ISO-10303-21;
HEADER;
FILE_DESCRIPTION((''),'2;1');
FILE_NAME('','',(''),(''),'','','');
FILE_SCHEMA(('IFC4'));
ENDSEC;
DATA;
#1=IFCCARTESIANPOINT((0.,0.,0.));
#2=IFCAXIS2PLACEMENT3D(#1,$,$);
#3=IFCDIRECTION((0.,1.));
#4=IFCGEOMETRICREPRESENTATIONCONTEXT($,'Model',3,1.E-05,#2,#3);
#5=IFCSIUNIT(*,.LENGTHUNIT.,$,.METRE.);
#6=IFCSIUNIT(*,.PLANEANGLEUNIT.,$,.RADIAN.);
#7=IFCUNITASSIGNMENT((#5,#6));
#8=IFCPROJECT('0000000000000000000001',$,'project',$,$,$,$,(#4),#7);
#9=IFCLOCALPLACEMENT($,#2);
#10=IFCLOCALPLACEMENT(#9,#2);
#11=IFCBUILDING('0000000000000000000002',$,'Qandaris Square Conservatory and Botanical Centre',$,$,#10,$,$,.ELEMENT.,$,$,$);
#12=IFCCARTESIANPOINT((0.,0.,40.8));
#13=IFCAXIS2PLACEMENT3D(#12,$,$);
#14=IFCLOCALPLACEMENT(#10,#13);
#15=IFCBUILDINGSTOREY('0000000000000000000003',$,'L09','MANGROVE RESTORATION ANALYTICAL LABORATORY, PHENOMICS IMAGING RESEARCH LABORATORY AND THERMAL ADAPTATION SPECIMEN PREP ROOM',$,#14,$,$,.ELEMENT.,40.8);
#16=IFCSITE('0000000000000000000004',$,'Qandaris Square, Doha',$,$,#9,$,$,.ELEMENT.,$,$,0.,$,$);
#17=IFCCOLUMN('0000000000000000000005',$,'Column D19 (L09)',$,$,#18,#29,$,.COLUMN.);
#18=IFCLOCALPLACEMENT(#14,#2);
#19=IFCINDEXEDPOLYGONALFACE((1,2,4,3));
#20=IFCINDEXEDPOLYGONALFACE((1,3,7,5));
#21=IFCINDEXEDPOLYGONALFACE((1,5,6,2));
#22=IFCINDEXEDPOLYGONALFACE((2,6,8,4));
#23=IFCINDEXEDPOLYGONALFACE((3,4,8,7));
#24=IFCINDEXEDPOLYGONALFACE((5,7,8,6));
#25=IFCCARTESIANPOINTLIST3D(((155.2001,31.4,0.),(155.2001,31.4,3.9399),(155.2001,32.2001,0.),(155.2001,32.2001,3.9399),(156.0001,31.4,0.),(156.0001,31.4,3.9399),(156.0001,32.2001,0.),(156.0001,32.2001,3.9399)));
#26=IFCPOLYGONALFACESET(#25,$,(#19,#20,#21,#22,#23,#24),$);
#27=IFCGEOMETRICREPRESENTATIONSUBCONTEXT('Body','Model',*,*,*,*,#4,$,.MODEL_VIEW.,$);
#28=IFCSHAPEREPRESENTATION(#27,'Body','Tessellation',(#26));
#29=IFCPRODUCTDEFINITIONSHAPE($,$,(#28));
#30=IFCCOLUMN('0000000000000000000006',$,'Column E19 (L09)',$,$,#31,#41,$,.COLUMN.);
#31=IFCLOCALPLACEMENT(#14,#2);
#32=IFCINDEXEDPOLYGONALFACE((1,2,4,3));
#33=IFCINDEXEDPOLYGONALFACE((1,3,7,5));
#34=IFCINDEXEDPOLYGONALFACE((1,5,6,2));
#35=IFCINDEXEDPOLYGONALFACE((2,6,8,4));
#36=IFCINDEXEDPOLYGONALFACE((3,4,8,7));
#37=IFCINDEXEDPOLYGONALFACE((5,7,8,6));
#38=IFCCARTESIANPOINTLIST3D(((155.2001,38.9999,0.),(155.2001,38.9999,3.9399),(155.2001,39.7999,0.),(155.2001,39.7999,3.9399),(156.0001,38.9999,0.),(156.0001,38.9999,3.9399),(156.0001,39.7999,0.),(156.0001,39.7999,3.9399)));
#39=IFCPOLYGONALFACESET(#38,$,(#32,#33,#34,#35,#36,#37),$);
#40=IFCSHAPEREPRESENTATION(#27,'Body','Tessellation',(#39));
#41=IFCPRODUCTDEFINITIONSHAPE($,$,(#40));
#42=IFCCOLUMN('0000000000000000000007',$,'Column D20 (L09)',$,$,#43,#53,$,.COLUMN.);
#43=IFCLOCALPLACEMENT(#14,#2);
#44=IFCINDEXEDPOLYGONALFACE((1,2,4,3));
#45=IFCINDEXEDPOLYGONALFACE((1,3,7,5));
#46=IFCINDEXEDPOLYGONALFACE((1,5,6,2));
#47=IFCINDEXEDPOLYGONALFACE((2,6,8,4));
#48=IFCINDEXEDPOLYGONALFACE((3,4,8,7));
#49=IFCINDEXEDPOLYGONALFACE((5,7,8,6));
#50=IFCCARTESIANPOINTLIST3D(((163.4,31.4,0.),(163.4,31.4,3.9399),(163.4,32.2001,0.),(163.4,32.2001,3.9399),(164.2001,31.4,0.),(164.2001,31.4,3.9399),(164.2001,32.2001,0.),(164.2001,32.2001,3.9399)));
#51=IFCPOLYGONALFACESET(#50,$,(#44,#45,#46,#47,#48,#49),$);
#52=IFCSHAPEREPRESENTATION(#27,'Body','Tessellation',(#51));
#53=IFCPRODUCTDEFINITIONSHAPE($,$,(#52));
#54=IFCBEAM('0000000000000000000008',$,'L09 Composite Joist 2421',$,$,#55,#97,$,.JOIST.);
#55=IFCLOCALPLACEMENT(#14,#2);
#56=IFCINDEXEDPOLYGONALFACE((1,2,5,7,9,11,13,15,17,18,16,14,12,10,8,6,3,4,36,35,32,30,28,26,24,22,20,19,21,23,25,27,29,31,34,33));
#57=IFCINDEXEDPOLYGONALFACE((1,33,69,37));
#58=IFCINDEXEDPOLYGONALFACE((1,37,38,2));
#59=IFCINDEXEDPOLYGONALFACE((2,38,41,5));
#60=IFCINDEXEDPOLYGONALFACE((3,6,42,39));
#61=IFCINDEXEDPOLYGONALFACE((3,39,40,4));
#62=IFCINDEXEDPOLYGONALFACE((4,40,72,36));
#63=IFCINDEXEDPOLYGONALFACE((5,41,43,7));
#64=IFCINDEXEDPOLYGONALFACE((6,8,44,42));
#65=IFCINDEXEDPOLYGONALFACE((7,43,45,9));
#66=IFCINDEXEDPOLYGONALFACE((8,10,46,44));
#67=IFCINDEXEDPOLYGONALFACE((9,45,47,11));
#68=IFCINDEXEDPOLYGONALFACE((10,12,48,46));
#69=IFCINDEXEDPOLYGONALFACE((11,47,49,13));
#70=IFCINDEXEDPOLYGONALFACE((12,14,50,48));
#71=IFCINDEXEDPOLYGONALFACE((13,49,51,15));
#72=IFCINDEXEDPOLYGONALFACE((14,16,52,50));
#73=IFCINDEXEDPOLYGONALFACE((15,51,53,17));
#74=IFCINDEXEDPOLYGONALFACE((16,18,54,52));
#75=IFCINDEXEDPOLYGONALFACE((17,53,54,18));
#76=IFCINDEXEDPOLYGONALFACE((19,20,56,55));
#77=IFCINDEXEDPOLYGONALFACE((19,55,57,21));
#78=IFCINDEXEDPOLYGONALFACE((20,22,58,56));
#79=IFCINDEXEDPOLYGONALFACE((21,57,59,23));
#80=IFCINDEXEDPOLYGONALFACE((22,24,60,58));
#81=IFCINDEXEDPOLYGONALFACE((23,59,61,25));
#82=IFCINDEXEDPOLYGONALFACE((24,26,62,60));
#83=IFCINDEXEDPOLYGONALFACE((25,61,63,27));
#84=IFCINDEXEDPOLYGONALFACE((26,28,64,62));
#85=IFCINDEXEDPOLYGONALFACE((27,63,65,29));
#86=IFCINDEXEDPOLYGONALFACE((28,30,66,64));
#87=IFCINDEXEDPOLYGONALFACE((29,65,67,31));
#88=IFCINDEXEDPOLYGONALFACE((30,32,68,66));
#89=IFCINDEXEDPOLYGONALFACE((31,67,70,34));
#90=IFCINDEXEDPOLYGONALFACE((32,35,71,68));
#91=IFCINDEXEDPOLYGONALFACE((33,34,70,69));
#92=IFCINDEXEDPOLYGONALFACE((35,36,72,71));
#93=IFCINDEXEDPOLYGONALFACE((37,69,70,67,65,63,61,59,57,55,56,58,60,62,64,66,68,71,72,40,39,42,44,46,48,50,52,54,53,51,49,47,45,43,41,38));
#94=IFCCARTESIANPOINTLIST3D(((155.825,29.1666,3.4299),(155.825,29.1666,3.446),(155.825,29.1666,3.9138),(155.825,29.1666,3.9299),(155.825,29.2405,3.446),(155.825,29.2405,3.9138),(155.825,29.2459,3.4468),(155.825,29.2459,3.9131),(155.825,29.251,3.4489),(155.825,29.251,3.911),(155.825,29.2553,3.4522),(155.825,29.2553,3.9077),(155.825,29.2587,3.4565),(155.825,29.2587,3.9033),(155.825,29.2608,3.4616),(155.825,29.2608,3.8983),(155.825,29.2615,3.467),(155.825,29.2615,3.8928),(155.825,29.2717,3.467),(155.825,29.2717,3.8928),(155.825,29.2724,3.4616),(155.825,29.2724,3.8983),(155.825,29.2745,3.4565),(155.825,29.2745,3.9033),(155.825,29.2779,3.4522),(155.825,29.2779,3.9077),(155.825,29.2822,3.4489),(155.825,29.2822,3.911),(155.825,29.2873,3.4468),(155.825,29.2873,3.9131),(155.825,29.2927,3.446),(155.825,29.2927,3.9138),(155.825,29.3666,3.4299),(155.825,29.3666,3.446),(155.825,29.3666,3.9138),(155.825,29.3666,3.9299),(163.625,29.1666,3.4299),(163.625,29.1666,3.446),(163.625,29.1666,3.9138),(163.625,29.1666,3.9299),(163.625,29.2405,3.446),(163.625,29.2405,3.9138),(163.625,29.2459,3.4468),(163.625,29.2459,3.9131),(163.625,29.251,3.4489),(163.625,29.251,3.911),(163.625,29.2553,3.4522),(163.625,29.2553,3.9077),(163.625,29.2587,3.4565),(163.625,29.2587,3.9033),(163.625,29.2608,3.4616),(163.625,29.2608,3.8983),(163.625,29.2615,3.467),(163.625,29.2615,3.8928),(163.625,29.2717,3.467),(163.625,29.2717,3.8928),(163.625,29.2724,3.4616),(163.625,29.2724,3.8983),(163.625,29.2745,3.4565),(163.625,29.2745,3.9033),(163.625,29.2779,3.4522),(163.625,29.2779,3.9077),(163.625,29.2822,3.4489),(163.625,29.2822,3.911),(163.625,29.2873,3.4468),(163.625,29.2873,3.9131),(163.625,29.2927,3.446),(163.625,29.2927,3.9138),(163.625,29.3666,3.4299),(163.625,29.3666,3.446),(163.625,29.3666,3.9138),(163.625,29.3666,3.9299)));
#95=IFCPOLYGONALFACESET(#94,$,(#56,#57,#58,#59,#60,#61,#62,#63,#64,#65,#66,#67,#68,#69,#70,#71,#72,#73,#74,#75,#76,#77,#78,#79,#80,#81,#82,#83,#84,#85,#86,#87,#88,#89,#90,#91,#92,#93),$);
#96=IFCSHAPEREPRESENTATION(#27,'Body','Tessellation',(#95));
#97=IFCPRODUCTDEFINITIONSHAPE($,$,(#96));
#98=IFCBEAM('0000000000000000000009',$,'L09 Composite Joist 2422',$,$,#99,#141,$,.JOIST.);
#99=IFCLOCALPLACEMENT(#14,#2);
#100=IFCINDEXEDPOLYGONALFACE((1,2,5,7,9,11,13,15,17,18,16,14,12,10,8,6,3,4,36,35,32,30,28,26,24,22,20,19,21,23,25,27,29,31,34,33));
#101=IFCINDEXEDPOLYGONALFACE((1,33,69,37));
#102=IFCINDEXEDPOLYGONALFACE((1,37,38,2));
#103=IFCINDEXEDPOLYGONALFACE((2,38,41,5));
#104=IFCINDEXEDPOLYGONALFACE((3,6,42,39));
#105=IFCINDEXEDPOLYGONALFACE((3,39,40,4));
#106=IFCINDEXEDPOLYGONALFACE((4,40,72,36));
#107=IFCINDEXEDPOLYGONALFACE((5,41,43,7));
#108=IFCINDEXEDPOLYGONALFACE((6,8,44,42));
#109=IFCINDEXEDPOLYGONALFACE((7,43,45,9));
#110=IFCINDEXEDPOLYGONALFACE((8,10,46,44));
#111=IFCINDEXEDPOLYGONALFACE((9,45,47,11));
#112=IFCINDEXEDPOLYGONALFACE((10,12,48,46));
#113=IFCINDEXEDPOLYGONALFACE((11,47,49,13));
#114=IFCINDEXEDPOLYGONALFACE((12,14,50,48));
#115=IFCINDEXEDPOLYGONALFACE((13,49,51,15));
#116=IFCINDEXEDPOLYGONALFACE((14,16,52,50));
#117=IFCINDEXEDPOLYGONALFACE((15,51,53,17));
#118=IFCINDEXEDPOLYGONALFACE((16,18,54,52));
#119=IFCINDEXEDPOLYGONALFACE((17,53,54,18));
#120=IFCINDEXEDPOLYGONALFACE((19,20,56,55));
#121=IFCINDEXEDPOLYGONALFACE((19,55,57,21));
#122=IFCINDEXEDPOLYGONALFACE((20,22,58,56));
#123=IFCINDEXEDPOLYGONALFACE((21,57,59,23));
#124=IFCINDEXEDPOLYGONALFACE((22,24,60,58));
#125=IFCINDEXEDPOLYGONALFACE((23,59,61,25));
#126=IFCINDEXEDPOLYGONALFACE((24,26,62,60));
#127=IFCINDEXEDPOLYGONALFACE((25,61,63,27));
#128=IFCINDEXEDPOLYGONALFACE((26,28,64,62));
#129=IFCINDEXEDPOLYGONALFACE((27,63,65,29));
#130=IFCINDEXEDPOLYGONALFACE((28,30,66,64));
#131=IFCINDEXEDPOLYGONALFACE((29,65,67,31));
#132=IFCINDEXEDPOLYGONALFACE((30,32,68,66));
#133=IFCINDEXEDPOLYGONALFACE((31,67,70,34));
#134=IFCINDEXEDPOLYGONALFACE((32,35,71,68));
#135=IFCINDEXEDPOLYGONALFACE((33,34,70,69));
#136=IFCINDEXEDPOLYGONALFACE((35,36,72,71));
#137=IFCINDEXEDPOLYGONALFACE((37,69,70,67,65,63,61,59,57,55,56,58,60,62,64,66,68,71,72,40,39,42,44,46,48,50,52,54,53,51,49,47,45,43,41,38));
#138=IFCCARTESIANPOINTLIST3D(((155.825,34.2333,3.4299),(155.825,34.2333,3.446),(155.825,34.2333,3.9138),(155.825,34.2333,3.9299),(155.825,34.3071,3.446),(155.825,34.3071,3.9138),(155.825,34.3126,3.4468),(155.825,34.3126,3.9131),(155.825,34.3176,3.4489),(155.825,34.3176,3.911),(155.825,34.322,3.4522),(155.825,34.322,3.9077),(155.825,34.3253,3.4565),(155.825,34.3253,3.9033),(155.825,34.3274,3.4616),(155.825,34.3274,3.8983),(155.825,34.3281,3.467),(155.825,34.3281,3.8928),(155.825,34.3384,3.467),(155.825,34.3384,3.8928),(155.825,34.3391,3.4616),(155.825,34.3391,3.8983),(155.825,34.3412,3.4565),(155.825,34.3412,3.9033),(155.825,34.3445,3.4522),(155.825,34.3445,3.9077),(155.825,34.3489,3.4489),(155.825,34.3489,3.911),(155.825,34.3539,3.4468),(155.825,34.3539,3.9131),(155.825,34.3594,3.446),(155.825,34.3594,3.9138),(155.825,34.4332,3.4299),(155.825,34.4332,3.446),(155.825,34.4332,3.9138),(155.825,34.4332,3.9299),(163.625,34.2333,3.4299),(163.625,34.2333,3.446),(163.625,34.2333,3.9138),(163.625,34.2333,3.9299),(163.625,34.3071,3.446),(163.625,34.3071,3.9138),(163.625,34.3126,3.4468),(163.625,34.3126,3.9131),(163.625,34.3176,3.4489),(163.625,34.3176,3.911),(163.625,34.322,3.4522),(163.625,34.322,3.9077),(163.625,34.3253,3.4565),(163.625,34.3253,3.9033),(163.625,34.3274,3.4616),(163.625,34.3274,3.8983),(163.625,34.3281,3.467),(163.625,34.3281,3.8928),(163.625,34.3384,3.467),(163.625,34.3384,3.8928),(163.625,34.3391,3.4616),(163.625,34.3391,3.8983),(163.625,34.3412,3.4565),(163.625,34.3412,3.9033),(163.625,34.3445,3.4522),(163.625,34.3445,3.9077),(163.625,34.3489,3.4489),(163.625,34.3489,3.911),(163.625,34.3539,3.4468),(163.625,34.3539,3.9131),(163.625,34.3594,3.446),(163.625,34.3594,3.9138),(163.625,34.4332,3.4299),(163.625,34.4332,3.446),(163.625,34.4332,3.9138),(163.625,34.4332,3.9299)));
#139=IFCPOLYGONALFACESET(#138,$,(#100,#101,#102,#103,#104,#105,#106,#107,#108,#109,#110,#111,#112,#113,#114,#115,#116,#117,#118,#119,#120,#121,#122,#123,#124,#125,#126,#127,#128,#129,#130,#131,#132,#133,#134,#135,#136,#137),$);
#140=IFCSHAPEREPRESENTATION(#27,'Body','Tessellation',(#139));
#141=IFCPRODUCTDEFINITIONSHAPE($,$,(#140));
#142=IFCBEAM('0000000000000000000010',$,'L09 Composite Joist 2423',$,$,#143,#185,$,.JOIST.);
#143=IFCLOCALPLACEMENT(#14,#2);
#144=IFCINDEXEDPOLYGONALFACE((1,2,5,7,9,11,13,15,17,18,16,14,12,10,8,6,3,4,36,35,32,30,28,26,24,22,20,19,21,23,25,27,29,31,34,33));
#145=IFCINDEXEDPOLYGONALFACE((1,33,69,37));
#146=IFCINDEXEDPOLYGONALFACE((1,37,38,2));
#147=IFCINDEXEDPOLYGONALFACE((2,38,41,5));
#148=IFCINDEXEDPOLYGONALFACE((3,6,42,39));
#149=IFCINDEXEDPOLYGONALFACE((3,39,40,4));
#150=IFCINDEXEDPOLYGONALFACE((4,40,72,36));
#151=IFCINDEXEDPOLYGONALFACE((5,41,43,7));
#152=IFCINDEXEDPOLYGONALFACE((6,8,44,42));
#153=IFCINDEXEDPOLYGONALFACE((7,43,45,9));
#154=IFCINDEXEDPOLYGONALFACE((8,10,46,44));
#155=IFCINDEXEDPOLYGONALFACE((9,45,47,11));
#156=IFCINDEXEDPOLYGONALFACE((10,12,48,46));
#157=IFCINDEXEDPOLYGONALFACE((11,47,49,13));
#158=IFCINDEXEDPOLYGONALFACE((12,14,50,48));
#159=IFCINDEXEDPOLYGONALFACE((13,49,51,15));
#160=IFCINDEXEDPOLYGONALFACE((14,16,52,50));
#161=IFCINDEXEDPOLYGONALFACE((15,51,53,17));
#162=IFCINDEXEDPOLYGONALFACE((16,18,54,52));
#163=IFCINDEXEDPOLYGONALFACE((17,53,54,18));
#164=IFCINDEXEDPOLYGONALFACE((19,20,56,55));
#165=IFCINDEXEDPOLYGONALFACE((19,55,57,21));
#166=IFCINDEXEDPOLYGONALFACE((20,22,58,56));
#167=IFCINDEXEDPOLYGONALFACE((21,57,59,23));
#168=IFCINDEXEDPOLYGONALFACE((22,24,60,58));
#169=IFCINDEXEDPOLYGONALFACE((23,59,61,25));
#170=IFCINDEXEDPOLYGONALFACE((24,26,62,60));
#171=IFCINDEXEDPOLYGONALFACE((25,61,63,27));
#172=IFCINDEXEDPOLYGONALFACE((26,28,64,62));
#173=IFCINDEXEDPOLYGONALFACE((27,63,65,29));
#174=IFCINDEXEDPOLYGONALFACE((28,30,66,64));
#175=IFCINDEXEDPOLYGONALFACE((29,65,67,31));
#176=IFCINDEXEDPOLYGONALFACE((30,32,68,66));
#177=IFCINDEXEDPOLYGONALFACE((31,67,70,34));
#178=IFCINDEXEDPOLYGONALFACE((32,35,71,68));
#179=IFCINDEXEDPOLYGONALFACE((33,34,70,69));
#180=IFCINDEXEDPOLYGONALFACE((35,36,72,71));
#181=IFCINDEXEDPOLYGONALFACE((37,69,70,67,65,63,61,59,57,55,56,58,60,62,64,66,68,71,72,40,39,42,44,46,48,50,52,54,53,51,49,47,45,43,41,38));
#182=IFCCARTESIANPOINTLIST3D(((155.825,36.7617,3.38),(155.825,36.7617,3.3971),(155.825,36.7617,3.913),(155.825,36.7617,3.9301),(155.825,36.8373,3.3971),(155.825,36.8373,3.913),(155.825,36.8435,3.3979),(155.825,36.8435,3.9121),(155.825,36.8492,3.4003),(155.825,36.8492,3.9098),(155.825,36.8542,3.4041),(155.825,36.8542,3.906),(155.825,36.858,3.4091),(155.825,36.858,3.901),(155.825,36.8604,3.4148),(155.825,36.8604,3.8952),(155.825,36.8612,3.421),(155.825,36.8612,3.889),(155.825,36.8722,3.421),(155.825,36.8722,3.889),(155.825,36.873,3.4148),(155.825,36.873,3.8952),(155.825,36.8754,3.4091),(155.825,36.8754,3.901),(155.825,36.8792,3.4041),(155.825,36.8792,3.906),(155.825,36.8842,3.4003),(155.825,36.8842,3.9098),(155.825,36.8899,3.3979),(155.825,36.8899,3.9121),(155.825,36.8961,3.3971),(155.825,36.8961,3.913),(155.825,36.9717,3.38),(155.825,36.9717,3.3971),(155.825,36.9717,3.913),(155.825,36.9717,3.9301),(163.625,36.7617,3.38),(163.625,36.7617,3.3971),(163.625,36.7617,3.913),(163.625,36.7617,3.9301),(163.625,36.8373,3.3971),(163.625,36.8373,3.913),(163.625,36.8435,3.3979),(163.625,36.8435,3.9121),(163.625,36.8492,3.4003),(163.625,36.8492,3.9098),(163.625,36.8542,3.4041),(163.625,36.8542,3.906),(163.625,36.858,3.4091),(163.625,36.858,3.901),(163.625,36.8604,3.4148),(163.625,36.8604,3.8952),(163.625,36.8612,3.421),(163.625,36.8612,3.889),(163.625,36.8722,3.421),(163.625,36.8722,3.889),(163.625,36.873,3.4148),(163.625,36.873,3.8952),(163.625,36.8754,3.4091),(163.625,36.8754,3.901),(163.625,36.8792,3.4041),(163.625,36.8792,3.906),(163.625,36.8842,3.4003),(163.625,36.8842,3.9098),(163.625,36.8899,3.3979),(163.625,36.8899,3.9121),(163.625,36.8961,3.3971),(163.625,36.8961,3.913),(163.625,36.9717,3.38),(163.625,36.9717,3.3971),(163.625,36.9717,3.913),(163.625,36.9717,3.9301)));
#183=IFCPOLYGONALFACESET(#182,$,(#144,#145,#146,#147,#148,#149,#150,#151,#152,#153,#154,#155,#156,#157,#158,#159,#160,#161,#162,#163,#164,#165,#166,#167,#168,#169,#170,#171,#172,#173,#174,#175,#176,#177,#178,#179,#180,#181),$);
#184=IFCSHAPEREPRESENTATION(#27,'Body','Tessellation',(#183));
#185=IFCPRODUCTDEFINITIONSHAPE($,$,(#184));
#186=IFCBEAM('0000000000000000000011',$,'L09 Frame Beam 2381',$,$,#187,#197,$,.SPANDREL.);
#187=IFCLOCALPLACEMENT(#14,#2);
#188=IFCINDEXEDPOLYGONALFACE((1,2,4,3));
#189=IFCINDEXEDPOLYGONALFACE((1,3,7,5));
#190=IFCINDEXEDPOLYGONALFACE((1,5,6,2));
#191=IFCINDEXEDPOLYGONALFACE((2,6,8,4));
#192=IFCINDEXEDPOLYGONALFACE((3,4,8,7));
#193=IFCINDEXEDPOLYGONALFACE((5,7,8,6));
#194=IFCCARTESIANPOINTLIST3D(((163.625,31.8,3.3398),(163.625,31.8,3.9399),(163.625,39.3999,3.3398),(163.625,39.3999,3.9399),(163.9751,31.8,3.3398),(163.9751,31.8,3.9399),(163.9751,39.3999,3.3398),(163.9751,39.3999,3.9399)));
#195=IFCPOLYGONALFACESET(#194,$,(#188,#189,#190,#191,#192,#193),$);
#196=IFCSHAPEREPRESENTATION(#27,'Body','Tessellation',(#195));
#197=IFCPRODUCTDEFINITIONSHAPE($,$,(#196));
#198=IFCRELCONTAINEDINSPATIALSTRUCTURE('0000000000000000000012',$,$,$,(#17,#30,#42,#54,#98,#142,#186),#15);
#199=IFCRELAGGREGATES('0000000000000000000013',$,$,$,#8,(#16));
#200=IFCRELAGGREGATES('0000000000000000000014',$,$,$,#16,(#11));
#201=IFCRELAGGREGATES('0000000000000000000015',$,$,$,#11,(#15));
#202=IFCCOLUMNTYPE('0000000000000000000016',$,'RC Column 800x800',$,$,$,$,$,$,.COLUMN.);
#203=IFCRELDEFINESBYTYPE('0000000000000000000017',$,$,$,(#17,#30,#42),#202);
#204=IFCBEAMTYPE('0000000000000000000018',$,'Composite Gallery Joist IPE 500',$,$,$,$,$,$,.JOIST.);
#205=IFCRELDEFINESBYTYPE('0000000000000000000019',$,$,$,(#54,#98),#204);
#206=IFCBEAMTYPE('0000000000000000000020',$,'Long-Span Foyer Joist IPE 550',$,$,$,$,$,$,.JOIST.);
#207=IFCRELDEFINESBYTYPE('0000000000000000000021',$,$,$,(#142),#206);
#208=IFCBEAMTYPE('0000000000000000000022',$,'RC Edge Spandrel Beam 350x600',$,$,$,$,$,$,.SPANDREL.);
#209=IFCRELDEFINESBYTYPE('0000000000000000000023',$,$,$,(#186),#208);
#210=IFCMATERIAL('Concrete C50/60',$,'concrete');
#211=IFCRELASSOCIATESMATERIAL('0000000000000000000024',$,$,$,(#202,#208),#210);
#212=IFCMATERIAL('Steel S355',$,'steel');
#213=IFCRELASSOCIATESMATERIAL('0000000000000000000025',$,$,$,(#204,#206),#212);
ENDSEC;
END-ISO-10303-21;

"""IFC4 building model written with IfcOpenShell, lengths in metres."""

from ifc_helpers import new_model, si_unit, direction, frame, origin, origin_2d, place, context, subcontext, project, spatial, rectangle, i_section, extrude, material, material_profile, profile_set, type_object, element, save


model = new_model("IFC4")

# Units and contexts
model_context = context("Model", 3, precision=1e-05, world=origin(), true_north=direction((0.0, 1.0)))
body_context = subcontext(model_context, "Body", "Model", "MODEL_VIEW")
ifc_project = project(units=[si_unit("LENGTHUNIT", "METRE"), si_unit("PLANEANGLEUNIT", "RADIAN")], contexts=[model_context])

# Site, building, storey
site_placement = place(None, origin())
site = spatial("IfcSite", under=ifc_project, at=site_placement, Name="Qandaris Square, Doha", CompositionType="ELEMENT", RefElevation=0.0)
building_placement = place(site_placement, origin())
building = spatial("IfcBuilding", under=site, at=building_placement, Name="Qandaris Square Conservatory and Botanical Centre", CompositionType="ELEMENT")
storey_placement = place(building_placement, frame((0.0, 0.0, 40.8)))
storey = spatial("IfcBuildingStorey", under=building, at=storey_placement, Name="L09", Description="MANGROVE RESTORATION ANALYTICAL LABORATORY, PHENOMICS IMAGING RESEARCH LABORATORY AND THERMAL ADAPTATION SPECIMEN PREP ROOM", CompositionType="ELEMENT", Elevation=40.8)

# Columns
ifc_material_1 = material(Name="Concrete C50/60", Category="concrete")
ifc_material_profile_1 = material_profile(ifc_material_1, rectangle(XDim=0.8, YDim=0.8, at=origin_2d()), Name="RC-COL 800x800")
ifc_profile_set_1 = profile_set([ifc_material_profile_1], Name="Concrete C50/60")
column_type = type_object("IfcColumnType", Name="RC Column 800x800", PredefinedType="COLUMN", material=ifc_profile_set_1)
for number, where, z_axis, x_axis, name in (
    (1, (155.6001, 31.8, 0.0), (0.0, 0.0, 1.0), (1.0, 0.0, 0.0), "Column D19 (L09)"),
    (2, (155.6001, 39.3999, 0.0), (0.0, 0.0, 1.0), (1.0, 0.0, 0.0), "Column E19 (L09)"),
    (3, (163.8, 31.8, 0.0), (0.0, 0.0, 1.0), (1.0, 0.0, 0.0), "Column D20 (L09)"),
):
    element("IfcColumn", number, at=place(storey_placement, frame(where, z_axis=z_axis, x_axis=x_axis)), inside=storey, type_object=column_type, Name=name, PredefinedType="COLUMN", context=body_context, shape_type="SweptSolid", body=[
        extrude(rectangle(XDim=0.8, YDim=0.8, at=origin_2d()), origin(), (0.0, 0.0, 1.0), 3.9399),
    ])

# Beams
ifc_material_2 = material(Name="Steel S355", Category="steel")
ifc_material_profile_2 = material_profile(ifc_material_2, i_section(OverallWidth=0.2, OverallDepth=0.5, WebThickness=0.0103, FlangeThickness=0.0161, FilletRadius=0.021, at=origin_2d()), Name="IPE 500")
ifc_profile_set_2 = profile_set([ifc_material_profile_2], Name="Steel S355")
beam_type_1 = type_object("IfcBeamType", Name="Composite Gallery Joist IPE 500", PredefinedType="JOIST", material=ifc_profile_set_2)
for number, where, z_axis, x_axis, name in (
    (4, (155.825, 29.2666, 3.6799), (1.0, 0.0, 0.0), (0.0, 1.0, 0.0), "L09 Composite Joist 2421"),
    (5, (155.825, 34.3333, 3.6799), (1.0, 0.0, 0.0), (0.0, 1.0, 0.0), "L09 Composite Joist 2422"),
):
    element("IfcBeam", number, at=place(storey_placement, frame(where, z_axis=z_axis, x_axis=x_axis)), inside=storey, type_object=beam_type_1, Name=name, PredefinedType="JOIST", context=body_context, shape_type="SweptSolid", body=[
        extrude(i_section(OverallWidth=0.2, OverallDepth=0.5, WebThickness=0.0103, FlangeThickness=0.0161, FilletRadius=0.021, at=origin_2d()), origin(), (0.0, 0.0, 1.0), 7.8),
    ])
ifc_material_profile_3 = material_profile(ifc_material_2, i_section(OverallWidth=0.21, OverallDepth=0.55, WebThickness=0.011, FlangeThickness=0.0171, FilletRadius=0.0239, at=origin_2d()), Name="IPE 550")
ifc_profile_set_3 = profile_set([ifc_material_profile_3], Name="Steel S355")
beam_type_2 = type_object("IfcBeamType", Name="Long-Span Foyer Joist IPE 550", PredefinedType="JOIST", material=ifc_profile_set_3)
beam_1_placement = place(storey_placement, frame((155.825, 36.8667, 3.655), z_axis=(1.0, 0.0, 0.0), x_axis=(0.0, 1.0, 0.0)))
element("IfcBeam", 6, at=beam_1_placement, inside=storey, type_object=beam_type_2, Name="L09 Composite Joist 2423", PredefinedType="JOIST", context=body_context, shape_type="SweptSolid", body=[
    extrude(i_section(OverallWidth=0.21, OverallDepth=0.55, WebThickness=0.011, FlangeThickness=0.0171, FilletRadius=0.0239, at=origin_2d()), origin(), (0.0, 0.0, 1.0), 7.8),
])
ifc_material_profile_4 = material_profile(ifc_material_1, rectangle(XDim=0.3501, YDim=0.6001, at=origin_2d()), Name="RC-SP 350x600")
ifc_profile_set_4 = profile_set([ifc_material_profile_4], Name="Concrete C50/60")
beam_type_3 = type_object("IfcBeamType", Name="RC Edge Spandrel Beam 350x600", PredefinedType="SPANDREL", material=ifc_profile_set_4)
beam_2_placement = place(storey_placement, frame((163.8, 31.8, 3.6399), z_axis=(0.0, 1.0, 0.0), x_axis=(-1.0, 0.0, 0.0)))
element("IfcBeam", 7, at=beam_2_placement, inside=storey, type_object=beam_type_3, Name="L09 Frame Beam 2381", PredefinedType="SPANDREL", context=body_context, shape_type="SweptSolid", body=[
    extrude(rectangle(XDim=0.3501, YDim=0.6001, at=origin_2d()), origin(), (0.0, 0.0, 1.0), 7.5999),
])

save(model, "model.ifc")
